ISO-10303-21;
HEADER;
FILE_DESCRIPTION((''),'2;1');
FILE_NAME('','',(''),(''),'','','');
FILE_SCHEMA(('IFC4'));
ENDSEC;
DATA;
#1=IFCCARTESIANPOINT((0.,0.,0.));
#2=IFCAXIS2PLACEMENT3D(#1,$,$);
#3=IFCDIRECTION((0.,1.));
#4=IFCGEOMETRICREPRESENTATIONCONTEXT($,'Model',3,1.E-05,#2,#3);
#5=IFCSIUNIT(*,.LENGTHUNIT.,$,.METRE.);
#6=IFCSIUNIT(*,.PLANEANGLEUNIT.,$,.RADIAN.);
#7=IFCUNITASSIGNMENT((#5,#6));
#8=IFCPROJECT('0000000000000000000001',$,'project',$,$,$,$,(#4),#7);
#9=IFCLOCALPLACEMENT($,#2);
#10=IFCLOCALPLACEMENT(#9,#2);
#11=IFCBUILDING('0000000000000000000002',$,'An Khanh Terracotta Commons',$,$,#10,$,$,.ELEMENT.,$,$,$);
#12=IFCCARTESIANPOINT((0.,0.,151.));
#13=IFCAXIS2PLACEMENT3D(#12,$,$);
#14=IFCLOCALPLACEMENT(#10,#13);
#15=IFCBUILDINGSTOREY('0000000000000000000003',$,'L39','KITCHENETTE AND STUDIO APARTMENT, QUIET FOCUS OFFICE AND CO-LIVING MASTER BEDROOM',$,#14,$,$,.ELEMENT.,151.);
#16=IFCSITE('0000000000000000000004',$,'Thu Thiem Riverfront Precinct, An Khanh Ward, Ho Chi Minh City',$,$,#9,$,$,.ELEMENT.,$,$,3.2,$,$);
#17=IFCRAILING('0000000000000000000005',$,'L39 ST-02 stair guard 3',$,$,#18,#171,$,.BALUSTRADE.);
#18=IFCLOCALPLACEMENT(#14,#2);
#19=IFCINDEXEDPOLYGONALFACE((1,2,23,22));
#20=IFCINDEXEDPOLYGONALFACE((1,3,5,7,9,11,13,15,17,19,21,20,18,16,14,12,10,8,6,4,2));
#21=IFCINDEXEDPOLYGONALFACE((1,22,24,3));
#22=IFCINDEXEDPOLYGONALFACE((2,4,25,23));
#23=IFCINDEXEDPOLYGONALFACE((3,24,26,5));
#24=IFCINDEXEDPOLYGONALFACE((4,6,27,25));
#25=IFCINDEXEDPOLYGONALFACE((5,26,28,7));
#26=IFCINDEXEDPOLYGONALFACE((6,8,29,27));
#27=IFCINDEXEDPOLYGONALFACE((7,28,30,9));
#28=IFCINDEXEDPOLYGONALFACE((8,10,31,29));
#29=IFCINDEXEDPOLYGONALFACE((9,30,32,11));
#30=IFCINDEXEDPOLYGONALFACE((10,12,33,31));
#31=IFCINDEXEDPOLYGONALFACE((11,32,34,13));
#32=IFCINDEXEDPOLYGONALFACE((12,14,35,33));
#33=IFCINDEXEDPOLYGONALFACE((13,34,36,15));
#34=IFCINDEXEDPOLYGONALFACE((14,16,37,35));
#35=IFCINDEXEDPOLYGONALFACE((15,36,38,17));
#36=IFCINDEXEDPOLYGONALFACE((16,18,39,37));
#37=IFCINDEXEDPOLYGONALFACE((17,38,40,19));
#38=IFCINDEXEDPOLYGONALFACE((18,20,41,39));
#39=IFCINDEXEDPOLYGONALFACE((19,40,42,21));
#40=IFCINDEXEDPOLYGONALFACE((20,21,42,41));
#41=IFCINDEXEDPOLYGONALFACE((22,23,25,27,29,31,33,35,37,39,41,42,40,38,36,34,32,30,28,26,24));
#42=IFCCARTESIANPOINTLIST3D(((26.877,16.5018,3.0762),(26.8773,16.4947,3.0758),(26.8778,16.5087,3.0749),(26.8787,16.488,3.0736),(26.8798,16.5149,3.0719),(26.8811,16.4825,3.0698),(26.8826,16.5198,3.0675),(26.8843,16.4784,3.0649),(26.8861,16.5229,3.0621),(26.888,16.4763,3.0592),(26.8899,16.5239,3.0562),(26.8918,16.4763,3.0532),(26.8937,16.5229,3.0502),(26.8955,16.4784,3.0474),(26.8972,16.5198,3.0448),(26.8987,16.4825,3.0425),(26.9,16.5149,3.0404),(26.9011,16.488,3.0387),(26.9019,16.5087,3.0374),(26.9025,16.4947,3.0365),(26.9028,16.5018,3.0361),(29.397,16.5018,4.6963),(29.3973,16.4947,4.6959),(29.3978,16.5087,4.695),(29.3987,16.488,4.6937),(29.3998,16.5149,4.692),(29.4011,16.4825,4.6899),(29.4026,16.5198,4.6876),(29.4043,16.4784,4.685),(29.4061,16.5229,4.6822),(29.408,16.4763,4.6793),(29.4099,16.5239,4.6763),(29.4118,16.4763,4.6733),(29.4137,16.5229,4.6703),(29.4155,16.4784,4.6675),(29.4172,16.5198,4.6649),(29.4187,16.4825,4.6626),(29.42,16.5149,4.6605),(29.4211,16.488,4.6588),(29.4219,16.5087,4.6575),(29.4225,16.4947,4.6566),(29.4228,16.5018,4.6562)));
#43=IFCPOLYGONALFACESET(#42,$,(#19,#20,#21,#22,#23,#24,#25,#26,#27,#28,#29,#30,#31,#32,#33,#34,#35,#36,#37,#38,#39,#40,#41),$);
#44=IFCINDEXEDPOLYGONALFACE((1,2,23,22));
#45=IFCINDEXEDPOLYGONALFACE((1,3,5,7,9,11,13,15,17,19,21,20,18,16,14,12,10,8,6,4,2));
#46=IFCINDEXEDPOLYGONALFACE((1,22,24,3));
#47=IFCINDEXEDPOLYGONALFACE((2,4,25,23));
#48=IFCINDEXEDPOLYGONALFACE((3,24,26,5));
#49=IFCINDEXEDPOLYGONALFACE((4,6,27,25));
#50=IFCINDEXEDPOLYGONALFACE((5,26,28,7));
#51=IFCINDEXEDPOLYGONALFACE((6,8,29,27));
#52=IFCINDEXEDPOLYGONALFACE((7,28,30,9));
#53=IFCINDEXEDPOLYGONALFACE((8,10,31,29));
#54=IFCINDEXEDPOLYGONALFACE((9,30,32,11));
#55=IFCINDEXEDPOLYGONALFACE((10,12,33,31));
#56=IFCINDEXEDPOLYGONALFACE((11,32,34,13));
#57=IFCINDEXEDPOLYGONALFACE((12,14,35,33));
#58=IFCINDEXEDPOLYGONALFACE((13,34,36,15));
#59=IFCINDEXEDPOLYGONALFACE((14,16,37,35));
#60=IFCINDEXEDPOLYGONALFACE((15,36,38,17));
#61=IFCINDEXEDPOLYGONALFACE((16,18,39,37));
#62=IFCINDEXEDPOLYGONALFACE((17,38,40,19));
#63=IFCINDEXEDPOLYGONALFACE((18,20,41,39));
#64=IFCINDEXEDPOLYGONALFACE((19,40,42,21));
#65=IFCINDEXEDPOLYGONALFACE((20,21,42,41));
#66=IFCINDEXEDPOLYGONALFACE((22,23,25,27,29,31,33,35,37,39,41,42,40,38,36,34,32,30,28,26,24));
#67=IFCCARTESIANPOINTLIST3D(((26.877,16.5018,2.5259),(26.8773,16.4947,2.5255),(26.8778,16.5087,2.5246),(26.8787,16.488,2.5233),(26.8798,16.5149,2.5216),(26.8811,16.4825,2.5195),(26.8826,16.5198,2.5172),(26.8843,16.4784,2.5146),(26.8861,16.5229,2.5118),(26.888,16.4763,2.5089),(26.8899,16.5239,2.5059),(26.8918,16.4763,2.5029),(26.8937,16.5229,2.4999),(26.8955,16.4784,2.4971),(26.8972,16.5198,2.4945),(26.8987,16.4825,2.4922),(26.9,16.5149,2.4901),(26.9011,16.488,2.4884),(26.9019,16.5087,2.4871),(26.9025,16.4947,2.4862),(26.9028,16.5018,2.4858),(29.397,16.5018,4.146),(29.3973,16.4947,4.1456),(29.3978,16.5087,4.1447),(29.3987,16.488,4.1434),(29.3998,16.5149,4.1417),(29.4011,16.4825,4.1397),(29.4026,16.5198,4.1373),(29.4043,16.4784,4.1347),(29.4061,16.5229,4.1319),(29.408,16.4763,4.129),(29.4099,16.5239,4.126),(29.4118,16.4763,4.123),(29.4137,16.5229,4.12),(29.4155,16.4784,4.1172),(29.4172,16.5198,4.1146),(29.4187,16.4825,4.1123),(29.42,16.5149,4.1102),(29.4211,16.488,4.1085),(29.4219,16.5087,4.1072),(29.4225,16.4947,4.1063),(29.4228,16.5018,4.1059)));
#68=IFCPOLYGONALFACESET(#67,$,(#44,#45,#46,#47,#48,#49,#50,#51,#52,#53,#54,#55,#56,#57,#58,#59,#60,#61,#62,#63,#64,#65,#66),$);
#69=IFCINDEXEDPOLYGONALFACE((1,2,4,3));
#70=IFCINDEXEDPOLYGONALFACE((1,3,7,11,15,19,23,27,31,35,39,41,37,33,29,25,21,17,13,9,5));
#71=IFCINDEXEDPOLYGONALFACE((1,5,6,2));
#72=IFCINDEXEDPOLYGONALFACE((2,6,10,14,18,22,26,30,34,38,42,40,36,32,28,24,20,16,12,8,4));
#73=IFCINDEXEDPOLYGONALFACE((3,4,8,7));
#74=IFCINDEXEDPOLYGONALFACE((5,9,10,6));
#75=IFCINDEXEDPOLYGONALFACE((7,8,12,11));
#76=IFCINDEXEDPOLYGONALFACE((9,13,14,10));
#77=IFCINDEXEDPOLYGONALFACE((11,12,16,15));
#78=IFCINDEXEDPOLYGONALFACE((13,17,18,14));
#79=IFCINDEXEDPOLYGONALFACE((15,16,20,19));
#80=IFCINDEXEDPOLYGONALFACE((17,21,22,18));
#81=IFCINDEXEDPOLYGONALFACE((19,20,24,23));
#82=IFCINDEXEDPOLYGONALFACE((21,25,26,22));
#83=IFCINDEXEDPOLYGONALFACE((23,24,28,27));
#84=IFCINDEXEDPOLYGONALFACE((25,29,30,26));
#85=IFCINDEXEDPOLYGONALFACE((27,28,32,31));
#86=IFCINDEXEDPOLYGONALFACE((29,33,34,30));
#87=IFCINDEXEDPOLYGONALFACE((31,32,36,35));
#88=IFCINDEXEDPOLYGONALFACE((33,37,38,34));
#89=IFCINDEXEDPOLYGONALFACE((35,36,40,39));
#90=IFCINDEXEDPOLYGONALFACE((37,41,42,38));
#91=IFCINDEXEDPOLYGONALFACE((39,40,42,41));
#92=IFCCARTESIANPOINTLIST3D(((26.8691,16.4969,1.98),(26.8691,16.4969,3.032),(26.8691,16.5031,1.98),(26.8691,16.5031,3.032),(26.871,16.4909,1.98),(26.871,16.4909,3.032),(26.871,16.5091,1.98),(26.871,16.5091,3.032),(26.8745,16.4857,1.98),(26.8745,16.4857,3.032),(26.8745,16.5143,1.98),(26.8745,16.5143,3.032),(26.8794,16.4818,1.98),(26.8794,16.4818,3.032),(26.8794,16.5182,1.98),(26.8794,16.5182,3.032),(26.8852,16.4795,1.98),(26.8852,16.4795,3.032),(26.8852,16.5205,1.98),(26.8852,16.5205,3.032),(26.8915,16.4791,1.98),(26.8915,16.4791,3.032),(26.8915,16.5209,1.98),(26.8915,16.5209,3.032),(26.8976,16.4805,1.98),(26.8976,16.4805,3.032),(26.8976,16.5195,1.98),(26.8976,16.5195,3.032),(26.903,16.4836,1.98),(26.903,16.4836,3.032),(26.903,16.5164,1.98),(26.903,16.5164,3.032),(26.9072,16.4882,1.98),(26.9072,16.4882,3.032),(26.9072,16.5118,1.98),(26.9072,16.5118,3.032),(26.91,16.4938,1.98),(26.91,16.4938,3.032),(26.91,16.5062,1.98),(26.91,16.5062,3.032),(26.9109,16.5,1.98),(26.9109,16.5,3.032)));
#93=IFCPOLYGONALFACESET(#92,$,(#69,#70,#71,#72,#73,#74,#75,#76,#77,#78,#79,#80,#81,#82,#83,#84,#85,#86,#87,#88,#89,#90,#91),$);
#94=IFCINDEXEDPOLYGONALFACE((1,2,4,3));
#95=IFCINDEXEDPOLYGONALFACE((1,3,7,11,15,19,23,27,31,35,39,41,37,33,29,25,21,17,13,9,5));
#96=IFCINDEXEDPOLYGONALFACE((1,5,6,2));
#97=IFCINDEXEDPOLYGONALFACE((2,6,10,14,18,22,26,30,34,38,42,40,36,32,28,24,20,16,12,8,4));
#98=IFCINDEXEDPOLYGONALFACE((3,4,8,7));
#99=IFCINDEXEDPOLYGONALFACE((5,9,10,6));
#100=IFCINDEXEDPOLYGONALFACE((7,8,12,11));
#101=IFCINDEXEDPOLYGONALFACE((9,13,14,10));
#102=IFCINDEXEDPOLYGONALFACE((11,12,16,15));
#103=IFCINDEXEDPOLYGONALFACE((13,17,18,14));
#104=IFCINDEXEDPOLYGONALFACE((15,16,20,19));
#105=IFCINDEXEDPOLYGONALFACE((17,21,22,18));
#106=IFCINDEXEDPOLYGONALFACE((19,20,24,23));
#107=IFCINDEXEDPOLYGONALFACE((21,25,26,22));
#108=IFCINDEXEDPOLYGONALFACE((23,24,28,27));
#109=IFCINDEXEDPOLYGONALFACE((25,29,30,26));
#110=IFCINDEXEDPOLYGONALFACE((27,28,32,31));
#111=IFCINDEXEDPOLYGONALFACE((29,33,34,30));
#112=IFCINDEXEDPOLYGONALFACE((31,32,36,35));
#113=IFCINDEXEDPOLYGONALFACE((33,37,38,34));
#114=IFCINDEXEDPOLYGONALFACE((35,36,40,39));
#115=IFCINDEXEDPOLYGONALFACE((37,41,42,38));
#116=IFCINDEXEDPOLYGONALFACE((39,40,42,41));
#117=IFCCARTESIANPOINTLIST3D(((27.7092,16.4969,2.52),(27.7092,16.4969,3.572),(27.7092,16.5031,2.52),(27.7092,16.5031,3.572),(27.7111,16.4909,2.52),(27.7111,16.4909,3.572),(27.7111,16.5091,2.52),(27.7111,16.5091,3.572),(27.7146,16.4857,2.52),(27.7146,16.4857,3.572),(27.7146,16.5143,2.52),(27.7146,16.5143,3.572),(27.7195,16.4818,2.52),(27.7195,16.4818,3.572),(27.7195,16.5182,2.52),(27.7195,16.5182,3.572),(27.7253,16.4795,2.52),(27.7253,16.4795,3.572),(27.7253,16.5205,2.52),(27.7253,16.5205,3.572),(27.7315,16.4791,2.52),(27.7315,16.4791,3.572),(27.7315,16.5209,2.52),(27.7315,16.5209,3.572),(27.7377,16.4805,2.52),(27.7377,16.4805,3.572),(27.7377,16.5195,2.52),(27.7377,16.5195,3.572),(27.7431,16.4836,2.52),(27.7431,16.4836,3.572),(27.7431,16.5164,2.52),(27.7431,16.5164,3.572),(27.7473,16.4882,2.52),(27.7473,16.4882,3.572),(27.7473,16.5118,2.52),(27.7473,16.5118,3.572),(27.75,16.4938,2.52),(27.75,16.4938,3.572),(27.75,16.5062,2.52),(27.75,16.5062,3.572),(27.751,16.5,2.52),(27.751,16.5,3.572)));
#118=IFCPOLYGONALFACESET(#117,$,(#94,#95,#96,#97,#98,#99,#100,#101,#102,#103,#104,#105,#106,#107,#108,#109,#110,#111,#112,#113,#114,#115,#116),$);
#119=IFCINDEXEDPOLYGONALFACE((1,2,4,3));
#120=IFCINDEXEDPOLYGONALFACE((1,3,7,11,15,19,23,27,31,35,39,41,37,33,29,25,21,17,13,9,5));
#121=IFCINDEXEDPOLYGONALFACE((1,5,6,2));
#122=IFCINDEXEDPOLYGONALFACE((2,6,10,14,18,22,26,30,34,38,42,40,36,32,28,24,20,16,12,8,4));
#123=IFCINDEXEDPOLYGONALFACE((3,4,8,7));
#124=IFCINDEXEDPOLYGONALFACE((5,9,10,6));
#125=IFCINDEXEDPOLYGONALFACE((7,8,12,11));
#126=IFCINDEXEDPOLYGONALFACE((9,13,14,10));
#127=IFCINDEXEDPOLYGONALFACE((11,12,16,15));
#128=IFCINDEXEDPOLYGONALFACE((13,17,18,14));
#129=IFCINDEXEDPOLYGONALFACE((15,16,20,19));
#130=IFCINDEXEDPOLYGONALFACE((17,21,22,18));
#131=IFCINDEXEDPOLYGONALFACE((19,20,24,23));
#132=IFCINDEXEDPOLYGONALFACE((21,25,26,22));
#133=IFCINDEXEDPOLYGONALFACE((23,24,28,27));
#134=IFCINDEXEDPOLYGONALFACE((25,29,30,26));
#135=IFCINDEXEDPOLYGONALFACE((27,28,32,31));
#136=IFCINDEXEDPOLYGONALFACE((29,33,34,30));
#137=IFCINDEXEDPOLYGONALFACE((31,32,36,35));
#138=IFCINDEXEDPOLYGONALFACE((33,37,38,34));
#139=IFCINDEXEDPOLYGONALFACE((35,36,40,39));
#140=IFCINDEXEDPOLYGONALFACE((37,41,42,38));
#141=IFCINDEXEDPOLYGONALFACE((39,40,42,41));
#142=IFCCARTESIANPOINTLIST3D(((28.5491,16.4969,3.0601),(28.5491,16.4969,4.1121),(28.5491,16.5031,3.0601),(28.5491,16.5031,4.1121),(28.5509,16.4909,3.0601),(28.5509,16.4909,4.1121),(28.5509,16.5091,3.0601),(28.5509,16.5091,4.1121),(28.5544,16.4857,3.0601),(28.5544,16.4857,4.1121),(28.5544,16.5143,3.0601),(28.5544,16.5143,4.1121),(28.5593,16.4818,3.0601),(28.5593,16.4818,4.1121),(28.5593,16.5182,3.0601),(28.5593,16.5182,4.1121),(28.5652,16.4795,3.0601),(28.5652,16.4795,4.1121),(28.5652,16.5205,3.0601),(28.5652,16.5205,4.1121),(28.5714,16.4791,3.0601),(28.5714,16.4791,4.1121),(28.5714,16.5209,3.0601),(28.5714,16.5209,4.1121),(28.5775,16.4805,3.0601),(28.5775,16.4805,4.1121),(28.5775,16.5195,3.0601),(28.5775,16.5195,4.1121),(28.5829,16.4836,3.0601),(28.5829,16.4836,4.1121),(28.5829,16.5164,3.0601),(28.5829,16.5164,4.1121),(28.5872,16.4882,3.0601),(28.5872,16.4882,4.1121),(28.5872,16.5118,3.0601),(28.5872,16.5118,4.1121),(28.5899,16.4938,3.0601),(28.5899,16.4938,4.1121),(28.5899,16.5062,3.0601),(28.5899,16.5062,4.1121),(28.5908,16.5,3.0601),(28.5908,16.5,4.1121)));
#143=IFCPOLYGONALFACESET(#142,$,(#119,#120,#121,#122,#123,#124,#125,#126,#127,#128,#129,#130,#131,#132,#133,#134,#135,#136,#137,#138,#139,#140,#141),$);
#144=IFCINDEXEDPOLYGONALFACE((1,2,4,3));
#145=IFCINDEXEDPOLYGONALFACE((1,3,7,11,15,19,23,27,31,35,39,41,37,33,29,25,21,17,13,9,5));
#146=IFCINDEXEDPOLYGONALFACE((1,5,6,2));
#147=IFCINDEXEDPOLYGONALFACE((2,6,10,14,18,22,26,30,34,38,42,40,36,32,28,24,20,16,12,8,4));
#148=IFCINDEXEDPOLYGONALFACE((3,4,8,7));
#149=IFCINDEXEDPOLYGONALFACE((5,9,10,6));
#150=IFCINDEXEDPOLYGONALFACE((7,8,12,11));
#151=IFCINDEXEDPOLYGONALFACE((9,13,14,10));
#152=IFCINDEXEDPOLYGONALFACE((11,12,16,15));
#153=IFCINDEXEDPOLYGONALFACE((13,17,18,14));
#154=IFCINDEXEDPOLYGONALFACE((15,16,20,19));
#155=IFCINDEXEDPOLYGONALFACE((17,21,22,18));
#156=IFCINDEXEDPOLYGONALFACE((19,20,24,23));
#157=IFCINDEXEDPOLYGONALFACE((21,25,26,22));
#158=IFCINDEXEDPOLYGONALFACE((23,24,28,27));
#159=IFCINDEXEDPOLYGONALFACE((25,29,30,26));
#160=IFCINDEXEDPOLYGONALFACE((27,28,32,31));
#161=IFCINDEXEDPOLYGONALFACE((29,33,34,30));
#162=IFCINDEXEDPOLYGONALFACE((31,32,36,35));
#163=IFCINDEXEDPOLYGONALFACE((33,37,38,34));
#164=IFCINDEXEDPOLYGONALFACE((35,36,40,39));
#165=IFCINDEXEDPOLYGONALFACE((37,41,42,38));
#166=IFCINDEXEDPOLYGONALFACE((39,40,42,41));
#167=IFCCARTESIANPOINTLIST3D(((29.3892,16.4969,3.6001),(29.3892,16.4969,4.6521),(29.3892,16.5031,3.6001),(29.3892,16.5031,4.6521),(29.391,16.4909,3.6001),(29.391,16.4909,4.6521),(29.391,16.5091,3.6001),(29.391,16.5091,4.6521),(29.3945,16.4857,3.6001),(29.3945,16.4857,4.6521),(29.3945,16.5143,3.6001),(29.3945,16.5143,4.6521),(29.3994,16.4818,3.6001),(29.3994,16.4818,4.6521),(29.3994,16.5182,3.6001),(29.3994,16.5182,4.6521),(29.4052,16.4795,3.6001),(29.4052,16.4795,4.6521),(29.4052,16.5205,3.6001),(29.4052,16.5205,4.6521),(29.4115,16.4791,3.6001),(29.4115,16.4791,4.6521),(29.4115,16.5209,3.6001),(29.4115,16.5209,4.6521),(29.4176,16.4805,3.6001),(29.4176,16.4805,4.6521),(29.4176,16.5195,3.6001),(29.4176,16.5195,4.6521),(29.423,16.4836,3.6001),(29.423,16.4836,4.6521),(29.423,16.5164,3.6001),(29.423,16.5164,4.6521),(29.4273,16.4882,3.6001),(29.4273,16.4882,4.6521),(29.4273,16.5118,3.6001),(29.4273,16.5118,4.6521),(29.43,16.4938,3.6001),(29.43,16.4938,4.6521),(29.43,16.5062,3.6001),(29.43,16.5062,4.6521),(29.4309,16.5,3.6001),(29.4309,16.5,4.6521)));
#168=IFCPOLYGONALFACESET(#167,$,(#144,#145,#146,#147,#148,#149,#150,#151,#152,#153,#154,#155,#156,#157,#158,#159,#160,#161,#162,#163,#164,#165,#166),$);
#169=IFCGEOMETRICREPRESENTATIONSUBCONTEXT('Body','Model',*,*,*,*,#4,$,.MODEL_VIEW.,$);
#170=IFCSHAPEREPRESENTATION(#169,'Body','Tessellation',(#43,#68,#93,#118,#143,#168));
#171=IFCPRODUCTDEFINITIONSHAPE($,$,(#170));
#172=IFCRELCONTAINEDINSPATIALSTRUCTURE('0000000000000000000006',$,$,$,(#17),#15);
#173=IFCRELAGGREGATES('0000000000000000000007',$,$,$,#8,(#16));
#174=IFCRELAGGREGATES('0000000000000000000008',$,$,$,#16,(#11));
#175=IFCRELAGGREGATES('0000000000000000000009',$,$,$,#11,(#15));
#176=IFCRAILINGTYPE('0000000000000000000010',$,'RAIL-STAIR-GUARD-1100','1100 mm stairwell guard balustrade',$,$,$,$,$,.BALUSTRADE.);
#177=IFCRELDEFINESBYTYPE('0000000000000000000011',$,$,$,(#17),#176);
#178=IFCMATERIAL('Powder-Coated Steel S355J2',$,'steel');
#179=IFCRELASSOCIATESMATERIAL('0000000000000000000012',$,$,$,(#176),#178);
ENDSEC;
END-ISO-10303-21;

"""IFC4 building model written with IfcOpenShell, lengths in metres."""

from ifc_helpers import new_model, si_unit, direction, frame, origin, origin_2d, place, context, subcontext, project, spatial, circle, extrude, material, type_object, element, save


model = new_model("IFC4")

# Units and contexts
model_context = context("Model", 3, precision=1e-05, world=origin(), true_north=direction((0.0, 1.0)))
body_context = subcontext(model_context, "Body", "Model", "MODEL_VIEW")
ifc_project = project(units=[si_unit("LENGTHUNIT", "METRE"), si_unit("PLANEANGLEUNIT", "RADIAN")], contexts=[model_context])

# Site, building, storey
site_placement = place(None, origin())
site = spatial("IfcSite", under=ifc_project, at=site_placement, Name="Thu Thiem Riverfront Precinct, An Khanh Ward, Ho Chi Minh City", CompositionType="ELEMENT", RefElevation=3.2)
building_placement = place(site_placement, origin())
building = spatial("IfcBuilding", under=site, at=building_placement, Name="An Khanh Terracotta Commons", CompositionType="ELEMENT")
storey_placement = place(building_placement, frame((0.0, 0.0, 151.0)))
storey = spatial("IfcBuildingStorey", under=building, at=storey_placement, Name="L39", Description="KITCHENETTE AND STUDIO APARTMENT, QUIET FOCUS OFFICE AND CO-LIVING MASTER BEDROOM", CompositionType="ELEMENT", Elevation=151.0)

# Railing
ifc_material_1 = material(Name="Powder-Coated Steel S355J2", Category="steel")
railing_type_1 = type_object("IfcRailingType", Name="RAIL-STAIR-GUARD-1100", Description="1100 mm stairwell guard balustrade", PredefinedType="BALUSTRADE", material=ifc_material_1)
railing_1_placement = place(storey_placement, frame((26.8899, 16.5, 1.98)))
element("IfcRailing", 1, at=railing_1_placement, inside=storey, type_object=railing_type_1, Name="L39 ST-02 stair guard 3", PredefinedType="BALUSTRADE", context=body_context, shape_type="SweptSolid", body=[
    extrude(circle(Radius=0.0239, at=origin_2d()), frame((0.0, 0.0, 1.0762), z_axis=(0.841163, 0.0, 0.540782), x_axis=(0.0, 1.0, 0.0)), (0.0, 0.0, 1.0), 2.9958),
    extrude(circle(Radius=0.0239, at=origin_2d()), frame((0.0, 0.0, 0.5259), z_axis=(0.841163, 0.0, 0.540782), x_axis=(0.0, 1.0, 0.0)), (0.0, 0.0, 1.0), 2.9958),
    extrude(circle(Radius=0.021, at=origin_2d()), origin(), (0.0, 0.0, 1.0), 1.052),
    extrude(circle(Radius=0.021, at=origin_2d()), frame((0.8401, 0.0, 0.54)), (0.0, 0.0, 1.0), 1.052),
    extrude(circle(Radius=0.021, at=origin_2d()), frame((1.6799, 0.0, 1.0801)), (0.0, 0.0, 1.0), 1.052),
    extrude(circle(Radius=0.021, at=origin_2d()), frame((2.52, 0.0, 1.6201)), (0.0, 0.0, 1.0), 1.052),
])

save(model, "model.ifc")
